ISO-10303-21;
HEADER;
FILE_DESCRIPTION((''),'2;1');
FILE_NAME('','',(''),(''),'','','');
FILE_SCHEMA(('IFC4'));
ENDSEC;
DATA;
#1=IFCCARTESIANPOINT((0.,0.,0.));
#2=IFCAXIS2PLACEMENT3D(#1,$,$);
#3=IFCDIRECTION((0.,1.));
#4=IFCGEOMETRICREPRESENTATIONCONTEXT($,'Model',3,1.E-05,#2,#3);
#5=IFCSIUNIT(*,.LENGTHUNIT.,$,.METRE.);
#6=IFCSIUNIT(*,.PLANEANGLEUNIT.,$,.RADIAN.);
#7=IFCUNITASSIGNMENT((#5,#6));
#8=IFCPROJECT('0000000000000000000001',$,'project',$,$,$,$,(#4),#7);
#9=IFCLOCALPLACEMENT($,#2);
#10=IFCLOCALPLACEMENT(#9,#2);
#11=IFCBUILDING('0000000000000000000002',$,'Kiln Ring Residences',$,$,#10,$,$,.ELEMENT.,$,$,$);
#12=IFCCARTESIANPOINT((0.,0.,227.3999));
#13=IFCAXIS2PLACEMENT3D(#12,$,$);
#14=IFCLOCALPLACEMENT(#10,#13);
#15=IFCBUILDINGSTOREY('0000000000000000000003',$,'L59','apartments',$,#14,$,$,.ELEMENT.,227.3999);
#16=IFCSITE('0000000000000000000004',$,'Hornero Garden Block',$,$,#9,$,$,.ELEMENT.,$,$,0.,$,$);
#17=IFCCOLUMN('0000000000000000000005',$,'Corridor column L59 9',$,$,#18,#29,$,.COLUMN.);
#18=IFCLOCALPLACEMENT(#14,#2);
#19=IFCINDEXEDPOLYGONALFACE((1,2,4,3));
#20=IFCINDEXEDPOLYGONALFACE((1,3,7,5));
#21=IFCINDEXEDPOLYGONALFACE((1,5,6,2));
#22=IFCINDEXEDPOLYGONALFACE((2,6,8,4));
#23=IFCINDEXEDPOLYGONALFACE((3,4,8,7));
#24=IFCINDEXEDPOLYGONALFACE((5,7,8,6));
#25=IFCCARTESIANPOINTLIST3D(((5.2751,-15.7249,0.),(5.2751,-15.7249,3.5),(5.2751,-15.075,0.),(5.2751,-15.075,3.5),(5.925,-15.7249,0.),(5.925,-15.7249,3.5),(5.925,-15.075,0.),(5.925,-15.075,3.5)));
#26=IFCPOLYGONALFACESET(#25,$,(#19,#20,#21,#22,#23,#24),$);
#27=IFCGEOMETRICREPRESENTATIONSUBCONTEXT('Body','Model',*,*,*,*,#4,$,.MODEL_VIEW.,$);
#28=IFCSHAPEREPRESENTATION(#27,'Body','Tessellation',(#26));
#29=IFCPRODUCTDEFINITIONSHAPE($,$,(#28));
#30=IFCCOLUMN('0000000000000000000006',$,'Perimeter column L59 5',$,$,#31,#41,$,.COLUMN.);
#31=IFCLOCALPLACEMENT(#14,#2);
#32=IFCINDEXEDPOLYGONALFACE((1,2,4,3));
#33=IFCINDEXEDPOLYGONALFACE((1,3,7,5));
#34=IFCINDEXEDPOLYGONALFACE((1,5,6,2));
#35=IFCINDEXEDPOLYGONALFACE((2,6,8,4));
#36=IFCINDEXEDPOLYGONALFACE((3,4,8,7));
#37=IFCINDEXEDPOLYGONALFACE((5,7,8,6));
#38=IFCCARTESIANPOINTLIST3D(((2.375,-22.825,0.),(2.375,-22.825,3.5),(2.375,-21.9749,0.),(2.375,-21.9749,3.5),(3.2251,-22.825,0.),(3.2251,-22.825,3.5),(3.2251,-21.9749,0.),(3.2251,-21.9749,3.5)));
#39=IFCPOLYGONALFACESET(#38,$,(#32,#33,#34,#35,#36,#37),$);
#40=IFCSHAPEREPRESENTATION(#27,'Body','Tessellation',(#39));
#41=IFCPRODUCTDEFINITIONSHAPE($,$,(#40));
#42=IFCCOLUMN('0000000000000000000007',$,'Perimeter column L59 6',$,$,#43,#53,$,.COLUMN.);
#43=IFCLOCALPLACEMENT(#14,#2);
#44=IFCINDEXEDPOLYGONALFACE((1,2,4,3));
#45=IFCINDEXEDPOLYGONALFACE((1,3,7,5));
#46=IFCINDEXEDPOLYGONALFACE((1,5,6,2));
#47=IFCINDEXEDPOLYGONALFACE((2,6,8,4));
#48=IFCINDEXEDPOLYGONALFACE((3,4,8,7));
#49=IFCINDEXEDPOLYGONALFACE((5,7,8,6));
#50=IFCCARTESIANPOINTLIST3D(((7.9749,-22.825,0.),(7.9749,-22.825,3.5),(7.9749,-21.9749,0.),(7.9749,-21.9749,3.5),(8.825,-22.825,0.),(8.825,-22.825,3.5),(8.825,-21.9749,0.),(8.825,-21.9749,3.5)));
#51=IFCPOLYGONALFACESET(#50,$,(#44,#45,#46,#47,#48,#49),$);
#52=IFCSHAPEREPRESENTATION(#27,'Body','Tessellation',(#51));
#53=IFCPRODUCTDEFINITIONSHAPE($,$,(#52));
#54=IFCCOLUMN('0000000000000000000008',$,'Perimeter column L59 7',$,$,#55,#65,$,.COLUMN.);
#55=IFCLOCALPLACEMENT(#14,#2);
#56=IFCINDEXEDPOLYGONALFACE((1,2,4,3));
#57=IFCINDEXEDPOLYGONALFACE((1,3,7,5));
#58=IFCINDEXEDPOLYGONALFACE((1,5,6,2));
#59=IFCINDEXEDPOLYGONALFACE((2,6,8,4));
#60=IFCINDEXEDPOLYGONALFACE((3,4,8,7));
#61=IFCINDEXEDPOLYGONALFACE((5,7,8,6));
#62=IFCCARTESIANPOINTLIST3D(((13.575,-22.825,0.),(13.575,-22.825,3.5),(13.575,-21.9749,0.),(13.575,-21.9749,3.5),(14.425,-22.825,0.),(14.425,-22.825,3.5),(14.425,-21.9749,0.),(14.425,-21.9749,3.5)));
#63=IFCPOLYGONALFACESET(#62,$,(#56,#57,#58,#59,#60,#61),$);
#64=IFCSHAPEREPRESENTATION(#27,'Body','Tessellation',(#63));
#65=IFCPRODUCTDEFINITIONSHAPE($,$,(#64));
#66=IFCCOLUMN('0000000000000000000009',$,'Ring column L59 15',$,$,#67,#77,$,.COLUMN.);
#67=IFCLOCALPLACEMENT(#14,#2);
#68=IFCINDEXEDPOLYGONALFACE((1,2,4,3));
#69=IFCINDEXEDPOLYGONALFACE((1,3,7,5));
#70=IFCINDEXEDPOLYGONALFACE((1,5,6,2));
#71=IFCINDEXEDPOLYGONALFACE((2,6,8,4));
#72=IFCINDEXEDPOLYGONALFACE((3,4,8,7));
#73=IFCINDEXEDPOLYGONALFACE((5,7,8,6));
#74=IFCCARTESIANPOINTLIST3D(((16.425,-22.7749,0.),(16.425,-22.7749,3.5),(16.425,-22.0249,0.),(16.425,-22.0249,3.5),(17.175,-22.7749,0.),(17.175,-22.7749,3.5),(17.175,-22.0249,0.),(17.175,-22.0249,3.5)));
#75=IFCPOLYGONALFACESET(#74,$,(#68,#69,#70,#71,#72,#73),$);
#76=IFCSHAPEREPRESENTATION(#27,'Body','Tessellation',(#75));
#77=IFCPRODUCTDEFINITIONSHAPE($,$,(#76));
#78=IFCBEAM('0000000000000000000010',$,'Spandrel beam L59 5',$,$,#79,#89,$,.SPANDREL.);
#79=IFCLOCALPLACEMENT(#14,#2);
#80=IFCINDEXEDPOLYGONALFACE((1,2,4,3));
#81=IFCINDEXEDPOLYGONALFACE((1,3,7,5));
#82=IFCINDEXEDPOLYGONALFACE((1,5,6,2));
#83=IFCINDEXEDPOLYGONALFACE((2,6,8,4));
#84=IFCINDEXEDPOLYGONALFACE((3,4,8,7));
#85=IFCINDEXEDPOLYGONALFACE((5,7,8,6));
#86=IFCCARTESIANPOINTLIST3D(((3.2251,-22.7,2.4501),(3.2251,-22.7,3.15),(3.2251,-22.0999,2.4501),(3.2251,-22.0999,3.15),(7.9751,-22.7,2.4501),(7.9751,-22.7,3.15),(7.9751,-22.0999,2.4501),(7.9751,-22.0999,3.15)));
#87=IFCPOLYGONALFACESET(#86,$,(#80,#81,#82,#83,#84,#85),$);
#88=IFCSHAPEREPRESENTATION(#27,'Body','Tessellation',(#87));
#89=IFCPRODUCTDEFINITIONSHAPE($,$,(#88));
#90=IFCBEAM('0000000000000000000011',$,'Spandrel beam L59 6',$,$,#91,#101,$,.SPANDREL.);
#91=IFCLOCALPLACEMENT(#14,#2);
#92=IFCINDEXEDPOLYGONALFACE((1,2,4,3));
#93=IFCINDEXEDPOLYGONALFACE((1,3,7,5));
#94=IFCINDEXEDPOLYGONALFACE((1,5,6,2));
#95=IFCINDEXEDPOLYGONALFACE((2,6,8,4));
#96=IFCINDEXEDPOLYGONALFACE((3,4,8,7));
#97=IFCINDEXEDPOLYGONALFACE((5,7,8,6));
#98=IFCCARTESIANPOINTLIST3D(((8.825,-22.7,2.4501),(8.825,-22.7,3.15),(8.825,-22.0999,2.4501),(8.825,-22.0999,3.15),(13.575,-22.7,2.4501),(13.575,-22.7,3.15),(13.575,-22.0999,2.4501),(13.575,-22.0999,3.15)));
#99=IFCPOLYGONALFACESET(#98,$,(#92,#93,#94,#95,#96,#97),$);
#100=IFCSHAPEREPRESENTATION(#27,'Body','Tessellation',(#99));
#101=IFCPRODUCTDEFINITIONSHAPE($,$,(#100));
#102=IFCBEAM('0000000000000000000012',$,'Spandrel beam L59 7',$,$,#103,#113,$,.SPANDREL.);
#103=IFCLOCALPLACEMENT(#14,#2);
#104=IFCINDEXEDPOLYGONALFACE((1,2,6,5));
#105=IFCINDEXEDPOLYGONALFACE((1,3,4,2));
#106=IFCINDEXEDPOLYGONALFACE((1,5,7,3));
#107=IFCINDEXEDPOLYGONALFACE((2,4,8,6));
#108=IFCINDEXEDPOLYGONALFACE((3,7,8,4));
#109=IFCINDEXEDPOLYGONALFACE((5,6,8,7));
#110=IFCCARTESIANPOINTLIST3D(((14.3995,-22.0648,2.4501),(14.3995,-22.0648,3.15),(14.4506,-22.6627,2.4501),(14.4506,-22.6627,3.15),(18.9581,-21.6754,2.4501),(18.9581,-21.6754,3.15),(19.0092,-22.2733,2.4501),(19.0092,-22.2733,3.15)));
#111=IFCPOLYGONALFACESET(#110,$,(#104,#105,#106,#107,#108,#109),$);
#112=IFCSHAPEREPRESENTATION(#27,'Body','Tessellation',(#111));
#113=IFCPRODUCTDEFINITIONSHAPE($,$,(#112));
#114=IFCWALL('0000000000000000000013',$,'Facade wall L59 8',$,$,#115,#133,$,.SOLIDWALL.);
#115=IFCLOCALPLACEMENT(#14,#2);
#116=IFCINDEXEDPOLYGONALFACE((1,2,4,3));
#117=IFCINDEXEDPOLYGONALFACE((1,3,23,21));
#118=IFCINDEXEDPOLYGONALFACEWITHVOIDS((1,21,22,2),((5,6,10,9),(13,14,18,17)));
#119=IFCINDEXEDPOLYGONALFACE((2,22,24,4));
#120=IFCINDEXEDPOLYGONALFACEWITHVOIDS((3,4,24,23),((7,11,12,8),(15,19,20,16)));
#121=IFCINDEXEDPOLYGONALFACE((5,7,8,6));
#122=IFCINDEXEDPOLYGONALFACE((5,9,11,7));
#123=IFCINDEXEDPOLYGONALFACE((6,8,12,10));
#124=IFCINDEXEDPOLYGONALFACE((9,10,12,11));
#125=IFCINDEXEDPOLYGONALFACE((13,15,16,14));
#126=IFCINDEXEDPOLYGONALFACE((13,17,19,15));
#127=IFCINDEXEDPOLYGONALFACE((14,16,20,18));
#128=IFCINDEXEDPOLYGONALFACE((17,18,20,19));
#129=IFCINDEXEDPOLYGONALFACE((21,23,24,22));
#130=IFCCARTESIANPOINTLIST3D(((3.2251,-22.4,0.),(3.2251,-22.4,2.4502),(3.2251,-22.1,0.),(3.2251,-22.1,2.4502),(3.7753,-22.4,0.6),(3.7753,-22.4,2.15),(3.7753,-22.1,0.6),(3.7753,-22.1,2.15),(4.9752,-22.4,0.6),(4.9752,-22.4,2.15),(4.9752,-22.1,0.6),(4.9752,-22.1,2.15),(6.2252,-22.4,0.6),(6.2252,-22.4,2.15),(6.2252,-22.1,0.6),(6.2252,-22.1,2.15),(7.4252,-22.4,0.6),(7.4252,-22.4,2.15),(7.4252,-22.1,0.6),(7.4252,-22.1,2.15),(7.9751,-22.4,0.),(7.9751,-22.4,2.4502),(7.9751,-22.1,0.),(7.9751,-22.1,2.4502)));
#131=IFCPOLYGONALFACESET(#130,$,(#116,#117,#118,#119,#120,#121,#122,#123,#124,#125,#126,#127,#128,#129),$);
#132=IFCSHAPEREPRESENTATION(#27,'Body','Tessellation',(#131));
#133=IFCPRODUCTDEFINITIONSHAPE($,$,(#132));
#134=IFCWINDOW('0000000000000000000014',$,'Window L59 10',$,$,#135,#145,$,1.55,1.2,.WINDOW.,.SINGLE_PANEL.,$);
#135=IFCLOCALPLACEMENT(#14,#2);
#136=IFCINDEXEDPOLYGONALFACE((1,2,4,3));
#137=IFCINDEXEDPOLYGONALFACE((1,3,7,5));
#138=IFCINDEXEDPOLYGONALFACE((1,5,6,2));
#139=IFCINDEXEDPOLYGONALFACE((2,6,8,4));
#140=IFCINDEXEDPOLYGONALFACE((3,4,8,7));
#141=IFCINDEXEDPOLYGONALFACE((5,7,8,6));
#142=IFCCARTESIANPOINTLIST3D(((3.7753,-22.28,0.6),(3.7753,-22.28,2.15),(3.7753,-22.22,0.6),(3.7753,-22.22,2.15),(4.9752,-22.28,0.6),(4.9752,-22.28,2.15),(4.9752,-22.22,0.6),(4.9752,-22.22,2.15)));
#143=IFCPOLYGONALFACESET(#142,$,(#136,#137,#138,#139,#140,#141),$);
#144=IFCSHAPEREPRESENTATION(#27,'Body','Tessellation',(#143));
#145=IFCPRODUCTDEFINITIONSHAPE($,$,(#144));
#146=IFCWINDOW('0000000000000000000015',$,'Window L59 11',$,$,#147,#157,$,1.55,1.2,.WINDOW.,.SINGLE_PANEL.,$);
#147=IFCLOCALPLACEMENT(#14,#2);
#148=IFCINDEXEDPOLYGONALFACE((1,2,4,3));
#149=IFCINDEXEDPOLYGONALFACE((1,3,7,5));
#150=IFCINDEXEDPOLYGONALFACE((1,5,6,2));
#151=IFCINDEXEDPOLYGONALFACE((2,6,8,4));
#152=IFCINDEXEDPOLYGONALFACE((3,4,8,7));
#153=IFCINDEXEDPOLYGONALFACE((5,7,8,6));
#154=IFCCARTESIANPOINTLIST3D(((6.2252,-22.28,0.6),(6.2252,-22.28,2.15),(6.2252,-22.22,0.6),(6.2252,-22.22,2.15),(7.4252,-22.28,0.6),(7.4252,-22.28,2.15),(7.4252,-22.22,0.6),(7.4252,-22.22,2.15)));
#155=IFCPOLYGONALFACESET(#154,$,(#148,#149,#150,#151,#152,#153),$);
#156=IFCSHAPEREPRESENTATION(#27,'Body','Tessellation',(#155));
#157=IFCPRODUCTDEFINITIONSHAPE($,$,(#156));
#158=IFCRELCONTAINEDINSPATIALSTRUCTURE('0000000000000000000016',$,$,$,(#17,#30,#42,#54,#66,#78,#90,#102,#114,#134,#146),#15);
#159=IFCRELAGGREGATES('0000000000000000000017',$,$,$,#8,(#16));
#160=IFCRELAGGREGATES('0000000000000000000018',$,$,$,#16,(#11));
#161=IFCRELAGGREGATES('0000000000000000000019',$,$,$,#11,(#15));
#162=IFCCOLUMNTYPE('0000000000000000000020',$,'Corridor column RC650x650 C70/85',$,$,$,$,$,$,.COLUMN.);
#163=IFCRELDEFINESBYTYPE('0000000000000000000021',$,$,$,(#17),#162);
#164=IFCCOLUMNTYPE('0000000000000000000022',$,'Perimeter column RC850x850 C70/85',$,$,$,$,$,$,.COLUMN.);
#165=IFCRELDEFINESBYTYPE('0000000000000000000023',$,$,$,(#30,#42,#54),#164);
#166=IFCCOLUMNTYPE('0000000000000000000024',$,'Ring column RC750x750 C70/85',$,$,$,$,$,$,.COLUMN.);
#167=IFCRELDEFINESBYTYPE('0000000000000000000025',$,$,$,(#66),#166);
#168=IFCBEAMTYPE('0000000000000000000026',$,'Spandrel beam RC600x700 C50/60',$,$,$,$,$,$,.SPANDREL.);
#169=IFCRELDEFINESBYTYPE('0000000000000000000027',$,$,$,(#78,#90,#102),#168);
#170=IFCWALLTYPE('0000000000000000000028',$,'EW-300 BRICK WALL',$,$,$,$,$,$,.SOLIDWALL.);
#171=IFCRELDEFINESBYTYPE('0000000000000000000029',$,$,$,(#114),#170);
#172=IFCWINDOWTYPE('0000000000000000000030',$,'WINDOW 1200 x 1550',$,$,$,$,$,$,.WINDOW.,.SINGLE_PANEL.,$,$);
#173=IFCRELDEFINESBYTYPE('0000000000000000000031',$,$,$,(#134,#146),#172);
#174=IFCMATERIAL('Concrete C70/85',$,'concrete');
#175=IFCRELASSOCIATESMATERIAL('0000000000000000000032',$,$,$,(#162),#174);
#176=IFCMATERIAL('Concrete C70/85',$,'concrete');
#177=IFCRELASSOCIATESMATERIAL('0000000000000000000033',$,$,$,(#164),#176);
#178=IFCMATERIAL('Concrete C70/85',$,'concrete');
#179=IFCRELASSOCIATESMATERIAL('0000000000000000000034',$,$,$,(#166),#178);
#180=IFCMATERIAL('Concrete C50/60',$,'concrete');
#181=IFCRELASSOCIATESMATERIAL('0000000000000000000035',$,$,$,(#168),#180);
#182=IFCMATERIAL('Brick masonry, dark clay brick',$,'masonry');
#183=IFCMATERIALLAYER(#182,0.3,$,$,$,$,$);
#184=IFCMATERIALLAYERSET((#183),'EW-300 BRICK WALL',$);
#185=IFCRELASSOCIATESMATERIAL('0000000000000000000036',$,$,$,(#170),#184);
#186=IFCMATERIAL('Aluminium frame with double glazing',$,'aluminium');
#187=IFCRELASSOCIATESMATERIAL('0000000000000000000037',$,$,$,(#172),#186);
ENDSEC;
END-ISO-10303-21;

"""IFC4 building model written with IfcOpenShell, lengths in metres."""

from ifc_helpers import new_model, si_unit, direction, frame, frame_2d, origin, origin_2d, place, context, subcontext, project, spatial, rectangle, extrude, material, layer, layer_set, material_profile, profile_set, type_object, element, fill, save


model = new_model("IFC4")

# Units and contexts
model_context = context("Model", 3, precision=1e-05, world=origin(), true_north=direction((0.0, 1.0)))
body_context = subcontext(model_context, "Body", "Model", "MODEL_VIEW")
ifc_project = project(units=[si_unit("LENGTHUNIT", "METRE"), si_unit("PLANEANGLEUNIT", "RADIAN")], contexts=[model_context])

# Site, building, storey
site_placement = place(None, origin())
site = spatial("IfcSite", under=ifc_project, at=site_placement, Name="Hornero Garden Block", CompositionType="ELEMENT", RefElevation=0.0)
building_placement = place(site_placement, origin())
building = spatial("IfcBuilding", under=site, at=building_placement, Name="Kiln Ring Residences", CompositionType="ELEMENT")
storey_placement = place(building_placement, frame((0.0, 0.0, 227.3999)))
storey = spatial("IfcBuildingStorey", under=building, at=storey_placement, Name="L59", Description="apartments", CompositionType="ELEMENT", Elevation=227.3999)

# Columns
ifc_material_1 = material(Name="Concrete C70/85", Category="concrete")
ifc_material_profile_1 = material_profile(ifc_material_1, rectangle(XDim=0.6499, YDim=0.6499, at=origin_2d()), Name="RC650x650")
ifc_profile_set_1 = profile_set([ifc_material_profile_1], Name="Concrete C70/85")
column_type_1 = type_object("IfcColumnType", Name="Corridor column RC650x650 C70/85", PredefinedType="COLUMN", material=ifc_profile_set_1)
column_1_placement = place(storey_placement, frame((5.6001, -15.3999, 0.0), z_axis=(0.0, 0.0, 1.0), x_axis=(1.0, 0.0, 0.0)))
element("IfcColumn", 1, at=column_1_placement, inside=storey, type_object=column_type_1, Name="Corridor column L59 9", PredefinedType="COLUMN", context=body_context, shape_type="SweptSolid", body=[
    extrude(rectangle(XDim=0.6499, YDim=0.6499, at=origin_2d()), origin(), (0.0, 0.0, 1.0), 3.5),
])
ifc_material_2 = material(Name="Concrete C70/85", Category="concrete")
ifc_material_profile_2 = material_profile(ifc_material_2, rectangle(XDim=0.8501, YDim=0.8501, at=origin_2d()), Name="RC850x850")
ifc_profile_set_2 = profile_set([ifc_material_profile_2], Name="Concrete C70/85")
column_type_2 = type_object("IfcColumnType", Name="Perimeter column RC850x850 C70/85", PredefinedType="COLUMN", material=ifc_profile_set_2)
for number, where, z_axis, x_axis, name in (
    (2, (2.8, -22.3999, 0.0), (0.0, 0.0, 1.0), (1.0, 0.0, 0.0), "Perimeter column L59 5"),
    (3, (8.3999, -22.3999, 0.0), (0.0, 0.0, 1.0), (1.0, 0.0, 0.0), "Perimeter column L59 6"),
    (4, (14.0, -22.3999, 0.0), (0.0, 0.0, 1.0), (1.0, 0.0, 0.0), "Perimeter column L59 7"),
):
    element("IfcColumn", number, at=place(storey_placement, frame(where, z_axis=z_axis, x_axis=x_axis)), inside=storey, type_object=column_type_2, Name=name, PredefinedType="COLUMN", context=body_context, shape_type="SweptSolid", body=[
        extrude(rectangle(XDim=0.8501, YDim=0.8501, at=origin_2d()), origin(), (0.0, 0.0, 1.0), 3.5),
    ])
ifc_material_3 = material(Name="Concrete C70/85", Category="concrete")
ifc_material_profile_3 = material_profile(ifc_material_3, rectangle(XDim=0.75, YDim=0.75, at=origin_2d()), Name="RC750x750")
ifc_profile_set_3 = profile_set([ifc_material_profile_3], Name="Concrete C70/85")
column_type_3 = type_object("IfcColumnType", Name="Ring column RC750x750 C70/85", PredefinedType="COLUMN", material=ifc_profile_set_3)
column_2_placement = place(storey_placement, frame((16.8, -22.3999, 0.0), z_axis=(0.0, 0.0, 1.0), x_axis=(1.0, 0.0, 0.0)))
element("IfcColumn", 5, at=column_2_placement, inside=storey, type_object=column_type_3, Name="Ring column L59 15", PredefinedType="COLUMN", context=body_context, shape_type="SweptSolid", body=[
    extrude(rectangle(XDim=0.75, YDim=0.75, at=origin_2d()), origin(), (0.0, 0.0, 1.0), 3.5),
])

# Beams
ifc_material_4 = material(Name="Concrete C50/60", Category="concrete")
ifc_material_profile_4 = material_profile(ifc_material_4, rectangle(XDim=0.6001, YDim=0.7, at=origin_2d()), Name="RC600x700")
ifc_profile_set_4 = profile_set([ifc_material_profile_4], Name="Concrete C50/60")
beam_type = type_object("IfcBeamType", Name="Spandrel beam RC600x700 C50/60", PredefinedType="SPANDREL", material=ifc_profile_set_4)
for number, where, z_axis, x_axis, name in (
    (6, (3.2251, -22.3999, 2.8), (1.0, 0.0, 0.0), (0.0, 1.0, 0.0), "Spandrel beam L59 5"),
    (7, (8.825, -22.3999, 2.8), (1.0, 0.0, 0.0), (0.0, 1.0, 0.0), "Spandrel beam L59 6"),
):
    element("IfcBeam", number, at=place(storey_placement, frame(where, z_axis=z_axis, x_axis=x_axis)), inside=storey, type_object=beam_type, Name=name, PredefinedType="SPANDREL", context=body_context, shape_type="SweptSolid", body=[
        extrude(rectangle(XDim=0.6001, YDim=0.7, at=origin_2d()), origin(), (0.0, 0.0, 1.0), 4.75),
    ])
beam_placement = place(storey_placement, frame((14.425, -22.3638, 2.8), z_axis=(0.996371, 0.085112, 0.0), x_axis=(-0.085112, 0.996371, 0.0)))
element("IfcBeam", 8, at=beam_placement, inside=storey, type_object=beam_type, Name="Spandrel beam L59 7", PredefinedType="SPANDREL", context=body_context, shape_type="SweptSolid", body=[
    extrude(rectangle(XDim=0.6001, YDim=0.7, at=origin_2d()), origin(), (0.0, 0.0, 1.0), 4.5752),
])

# Wall, openings, windows
ifc_material_5 = material(Name="Brick masonry, dark clay brick", Category="masonry")
ifc_layer_1 = layer(ifc_material_5, 0.3)
ifc_layer_set_1 = layer_set([ifc_layer_1], Name="EW-300 BRICK WALL")
wall_type_1 = type_object("IfcWallType", Name="EW-300 BRICK WALL", PredefinedType="SOLIDWALL", material=ifc_layer_set_1)
wall_1_placement = place(storey_placement, frame((3.2251, -22.25, 0.0), z_axis=(0.0, 0.0, 1.0), x_axis=(1.0, 0.0, 0.0)))
wall_1 = element("IfcWall", 9, at=wall_1_placement, inside=storey, type_object=wall_type_1, Name="Facade wall L59 8", PredefinedType="SOLIDWALL", context=body_context, shape_type="SweptSolid", body=[
    extrude(rectangle(XDim=4.75, YDim=0.3, at=frame_2d((2.375, 0.0))), origin(), (0.0, 0.0, 1.0), 2.4502),
])
opening_1_placement = place(wall_1_placement, frame((0.55, 0.0, 0.6001)))
opening_1 = element("IfcOpeningElement", 10, at=opening_1_placement, cuts=wall_1, PredefinedType="OPENING", context=body_context, shape_type="SweptSolid", body=[
    extrude(rectangle(XDim=1.2, YDim=1.55, at=frame_2d((0.6001, 0.7749))), frame((0.0, 0.1599, 0.0), z_axis=(0.0, -1.0, 0.0), x_axis=(1.0, 0.0, 0.0)), (0.0, 0.0, 1.0), 0.3201),
])
opening_2_placement = place(wall_1_placement, frame((3.0, 0.0, 0.6001)))
opening_2 = element("IfcOpeningElement", 11, at=opening_2_placement, cuts=wall_1, PredefinedType="OPENING", context=body_context, shape_type="SweptSolid", body=[
    extrude(rectangle(XDim=1.2, YDim=1.55, at=frame_2d((0.6001, 0.7749))), frame((0.0, 0.1599, 0.0), z_axis=(0.0, -1.0, 0.0), x_axis=(1.0, 0.0, 0.0)), (0.0, 0.0, 1.0), 0.3201),
])
ifc_material_6 = material(Name="Aluminium frame with double glazing", Category="aluminium")
window_type_1 = type_object("IfcWindowType", Name="WINDOW 1200 x 1550", PartitioningType="SINGLE_PANEL", PredefinedType="WINDOW", material=ifc_material_6)
window_1_placement = place(opening_1_placement, origin())
window_1 = element("IfcWindow", 12, at=window_1_placement, inside=storey, type_object=window_type_1, Name="Window L59 10", OverallHeight=1.55, OverallWidth=1.2, PartitioningType="SINGLE_PANEL", PredefinedType="WINDOW", context=body_context, shape_type="SweptSolid", body=[
    extrude(rectangle(XDim=1.2, YDim=1.55, at=frame_2d((0.6001, 0.7749))), frame((0.0, 0.03, 0.0), z_axis=(0.0, -1.0, 0.0), x_axis=(1.0, 0.0, 0.0)), (0.0, 0.0, 1.0), 0.0601),
])
fill(opening_1, window_1)
window_2_placement = place(opening_2_placement, origin())
window_2 = element("IfcWindow", 13, at=window_2_placement, inside=storey, type_object=window_type_1, Name="Window L59 11", OverallHeight=1.55, OverallWidth=1.2, PartitioningType="SINGLE_PANEL", PredefinedType="WINDOW", context=body_context, shape_type="SweptSolid", body=[
    extrude(rectangle(XDim=1.2, YDim=1.55, at=frame_2d((0.6001, 0.7749))), frame((0.0, 0.03, 0.0), z_axis=(0.0, -1.0, 0.0), x_axis=(1.0, 0.0, 0.0)), (0.0, 0.0, 1.0), 0.0601),
])
fill(opening_2, window_2)

save(model, "model.ifc")
